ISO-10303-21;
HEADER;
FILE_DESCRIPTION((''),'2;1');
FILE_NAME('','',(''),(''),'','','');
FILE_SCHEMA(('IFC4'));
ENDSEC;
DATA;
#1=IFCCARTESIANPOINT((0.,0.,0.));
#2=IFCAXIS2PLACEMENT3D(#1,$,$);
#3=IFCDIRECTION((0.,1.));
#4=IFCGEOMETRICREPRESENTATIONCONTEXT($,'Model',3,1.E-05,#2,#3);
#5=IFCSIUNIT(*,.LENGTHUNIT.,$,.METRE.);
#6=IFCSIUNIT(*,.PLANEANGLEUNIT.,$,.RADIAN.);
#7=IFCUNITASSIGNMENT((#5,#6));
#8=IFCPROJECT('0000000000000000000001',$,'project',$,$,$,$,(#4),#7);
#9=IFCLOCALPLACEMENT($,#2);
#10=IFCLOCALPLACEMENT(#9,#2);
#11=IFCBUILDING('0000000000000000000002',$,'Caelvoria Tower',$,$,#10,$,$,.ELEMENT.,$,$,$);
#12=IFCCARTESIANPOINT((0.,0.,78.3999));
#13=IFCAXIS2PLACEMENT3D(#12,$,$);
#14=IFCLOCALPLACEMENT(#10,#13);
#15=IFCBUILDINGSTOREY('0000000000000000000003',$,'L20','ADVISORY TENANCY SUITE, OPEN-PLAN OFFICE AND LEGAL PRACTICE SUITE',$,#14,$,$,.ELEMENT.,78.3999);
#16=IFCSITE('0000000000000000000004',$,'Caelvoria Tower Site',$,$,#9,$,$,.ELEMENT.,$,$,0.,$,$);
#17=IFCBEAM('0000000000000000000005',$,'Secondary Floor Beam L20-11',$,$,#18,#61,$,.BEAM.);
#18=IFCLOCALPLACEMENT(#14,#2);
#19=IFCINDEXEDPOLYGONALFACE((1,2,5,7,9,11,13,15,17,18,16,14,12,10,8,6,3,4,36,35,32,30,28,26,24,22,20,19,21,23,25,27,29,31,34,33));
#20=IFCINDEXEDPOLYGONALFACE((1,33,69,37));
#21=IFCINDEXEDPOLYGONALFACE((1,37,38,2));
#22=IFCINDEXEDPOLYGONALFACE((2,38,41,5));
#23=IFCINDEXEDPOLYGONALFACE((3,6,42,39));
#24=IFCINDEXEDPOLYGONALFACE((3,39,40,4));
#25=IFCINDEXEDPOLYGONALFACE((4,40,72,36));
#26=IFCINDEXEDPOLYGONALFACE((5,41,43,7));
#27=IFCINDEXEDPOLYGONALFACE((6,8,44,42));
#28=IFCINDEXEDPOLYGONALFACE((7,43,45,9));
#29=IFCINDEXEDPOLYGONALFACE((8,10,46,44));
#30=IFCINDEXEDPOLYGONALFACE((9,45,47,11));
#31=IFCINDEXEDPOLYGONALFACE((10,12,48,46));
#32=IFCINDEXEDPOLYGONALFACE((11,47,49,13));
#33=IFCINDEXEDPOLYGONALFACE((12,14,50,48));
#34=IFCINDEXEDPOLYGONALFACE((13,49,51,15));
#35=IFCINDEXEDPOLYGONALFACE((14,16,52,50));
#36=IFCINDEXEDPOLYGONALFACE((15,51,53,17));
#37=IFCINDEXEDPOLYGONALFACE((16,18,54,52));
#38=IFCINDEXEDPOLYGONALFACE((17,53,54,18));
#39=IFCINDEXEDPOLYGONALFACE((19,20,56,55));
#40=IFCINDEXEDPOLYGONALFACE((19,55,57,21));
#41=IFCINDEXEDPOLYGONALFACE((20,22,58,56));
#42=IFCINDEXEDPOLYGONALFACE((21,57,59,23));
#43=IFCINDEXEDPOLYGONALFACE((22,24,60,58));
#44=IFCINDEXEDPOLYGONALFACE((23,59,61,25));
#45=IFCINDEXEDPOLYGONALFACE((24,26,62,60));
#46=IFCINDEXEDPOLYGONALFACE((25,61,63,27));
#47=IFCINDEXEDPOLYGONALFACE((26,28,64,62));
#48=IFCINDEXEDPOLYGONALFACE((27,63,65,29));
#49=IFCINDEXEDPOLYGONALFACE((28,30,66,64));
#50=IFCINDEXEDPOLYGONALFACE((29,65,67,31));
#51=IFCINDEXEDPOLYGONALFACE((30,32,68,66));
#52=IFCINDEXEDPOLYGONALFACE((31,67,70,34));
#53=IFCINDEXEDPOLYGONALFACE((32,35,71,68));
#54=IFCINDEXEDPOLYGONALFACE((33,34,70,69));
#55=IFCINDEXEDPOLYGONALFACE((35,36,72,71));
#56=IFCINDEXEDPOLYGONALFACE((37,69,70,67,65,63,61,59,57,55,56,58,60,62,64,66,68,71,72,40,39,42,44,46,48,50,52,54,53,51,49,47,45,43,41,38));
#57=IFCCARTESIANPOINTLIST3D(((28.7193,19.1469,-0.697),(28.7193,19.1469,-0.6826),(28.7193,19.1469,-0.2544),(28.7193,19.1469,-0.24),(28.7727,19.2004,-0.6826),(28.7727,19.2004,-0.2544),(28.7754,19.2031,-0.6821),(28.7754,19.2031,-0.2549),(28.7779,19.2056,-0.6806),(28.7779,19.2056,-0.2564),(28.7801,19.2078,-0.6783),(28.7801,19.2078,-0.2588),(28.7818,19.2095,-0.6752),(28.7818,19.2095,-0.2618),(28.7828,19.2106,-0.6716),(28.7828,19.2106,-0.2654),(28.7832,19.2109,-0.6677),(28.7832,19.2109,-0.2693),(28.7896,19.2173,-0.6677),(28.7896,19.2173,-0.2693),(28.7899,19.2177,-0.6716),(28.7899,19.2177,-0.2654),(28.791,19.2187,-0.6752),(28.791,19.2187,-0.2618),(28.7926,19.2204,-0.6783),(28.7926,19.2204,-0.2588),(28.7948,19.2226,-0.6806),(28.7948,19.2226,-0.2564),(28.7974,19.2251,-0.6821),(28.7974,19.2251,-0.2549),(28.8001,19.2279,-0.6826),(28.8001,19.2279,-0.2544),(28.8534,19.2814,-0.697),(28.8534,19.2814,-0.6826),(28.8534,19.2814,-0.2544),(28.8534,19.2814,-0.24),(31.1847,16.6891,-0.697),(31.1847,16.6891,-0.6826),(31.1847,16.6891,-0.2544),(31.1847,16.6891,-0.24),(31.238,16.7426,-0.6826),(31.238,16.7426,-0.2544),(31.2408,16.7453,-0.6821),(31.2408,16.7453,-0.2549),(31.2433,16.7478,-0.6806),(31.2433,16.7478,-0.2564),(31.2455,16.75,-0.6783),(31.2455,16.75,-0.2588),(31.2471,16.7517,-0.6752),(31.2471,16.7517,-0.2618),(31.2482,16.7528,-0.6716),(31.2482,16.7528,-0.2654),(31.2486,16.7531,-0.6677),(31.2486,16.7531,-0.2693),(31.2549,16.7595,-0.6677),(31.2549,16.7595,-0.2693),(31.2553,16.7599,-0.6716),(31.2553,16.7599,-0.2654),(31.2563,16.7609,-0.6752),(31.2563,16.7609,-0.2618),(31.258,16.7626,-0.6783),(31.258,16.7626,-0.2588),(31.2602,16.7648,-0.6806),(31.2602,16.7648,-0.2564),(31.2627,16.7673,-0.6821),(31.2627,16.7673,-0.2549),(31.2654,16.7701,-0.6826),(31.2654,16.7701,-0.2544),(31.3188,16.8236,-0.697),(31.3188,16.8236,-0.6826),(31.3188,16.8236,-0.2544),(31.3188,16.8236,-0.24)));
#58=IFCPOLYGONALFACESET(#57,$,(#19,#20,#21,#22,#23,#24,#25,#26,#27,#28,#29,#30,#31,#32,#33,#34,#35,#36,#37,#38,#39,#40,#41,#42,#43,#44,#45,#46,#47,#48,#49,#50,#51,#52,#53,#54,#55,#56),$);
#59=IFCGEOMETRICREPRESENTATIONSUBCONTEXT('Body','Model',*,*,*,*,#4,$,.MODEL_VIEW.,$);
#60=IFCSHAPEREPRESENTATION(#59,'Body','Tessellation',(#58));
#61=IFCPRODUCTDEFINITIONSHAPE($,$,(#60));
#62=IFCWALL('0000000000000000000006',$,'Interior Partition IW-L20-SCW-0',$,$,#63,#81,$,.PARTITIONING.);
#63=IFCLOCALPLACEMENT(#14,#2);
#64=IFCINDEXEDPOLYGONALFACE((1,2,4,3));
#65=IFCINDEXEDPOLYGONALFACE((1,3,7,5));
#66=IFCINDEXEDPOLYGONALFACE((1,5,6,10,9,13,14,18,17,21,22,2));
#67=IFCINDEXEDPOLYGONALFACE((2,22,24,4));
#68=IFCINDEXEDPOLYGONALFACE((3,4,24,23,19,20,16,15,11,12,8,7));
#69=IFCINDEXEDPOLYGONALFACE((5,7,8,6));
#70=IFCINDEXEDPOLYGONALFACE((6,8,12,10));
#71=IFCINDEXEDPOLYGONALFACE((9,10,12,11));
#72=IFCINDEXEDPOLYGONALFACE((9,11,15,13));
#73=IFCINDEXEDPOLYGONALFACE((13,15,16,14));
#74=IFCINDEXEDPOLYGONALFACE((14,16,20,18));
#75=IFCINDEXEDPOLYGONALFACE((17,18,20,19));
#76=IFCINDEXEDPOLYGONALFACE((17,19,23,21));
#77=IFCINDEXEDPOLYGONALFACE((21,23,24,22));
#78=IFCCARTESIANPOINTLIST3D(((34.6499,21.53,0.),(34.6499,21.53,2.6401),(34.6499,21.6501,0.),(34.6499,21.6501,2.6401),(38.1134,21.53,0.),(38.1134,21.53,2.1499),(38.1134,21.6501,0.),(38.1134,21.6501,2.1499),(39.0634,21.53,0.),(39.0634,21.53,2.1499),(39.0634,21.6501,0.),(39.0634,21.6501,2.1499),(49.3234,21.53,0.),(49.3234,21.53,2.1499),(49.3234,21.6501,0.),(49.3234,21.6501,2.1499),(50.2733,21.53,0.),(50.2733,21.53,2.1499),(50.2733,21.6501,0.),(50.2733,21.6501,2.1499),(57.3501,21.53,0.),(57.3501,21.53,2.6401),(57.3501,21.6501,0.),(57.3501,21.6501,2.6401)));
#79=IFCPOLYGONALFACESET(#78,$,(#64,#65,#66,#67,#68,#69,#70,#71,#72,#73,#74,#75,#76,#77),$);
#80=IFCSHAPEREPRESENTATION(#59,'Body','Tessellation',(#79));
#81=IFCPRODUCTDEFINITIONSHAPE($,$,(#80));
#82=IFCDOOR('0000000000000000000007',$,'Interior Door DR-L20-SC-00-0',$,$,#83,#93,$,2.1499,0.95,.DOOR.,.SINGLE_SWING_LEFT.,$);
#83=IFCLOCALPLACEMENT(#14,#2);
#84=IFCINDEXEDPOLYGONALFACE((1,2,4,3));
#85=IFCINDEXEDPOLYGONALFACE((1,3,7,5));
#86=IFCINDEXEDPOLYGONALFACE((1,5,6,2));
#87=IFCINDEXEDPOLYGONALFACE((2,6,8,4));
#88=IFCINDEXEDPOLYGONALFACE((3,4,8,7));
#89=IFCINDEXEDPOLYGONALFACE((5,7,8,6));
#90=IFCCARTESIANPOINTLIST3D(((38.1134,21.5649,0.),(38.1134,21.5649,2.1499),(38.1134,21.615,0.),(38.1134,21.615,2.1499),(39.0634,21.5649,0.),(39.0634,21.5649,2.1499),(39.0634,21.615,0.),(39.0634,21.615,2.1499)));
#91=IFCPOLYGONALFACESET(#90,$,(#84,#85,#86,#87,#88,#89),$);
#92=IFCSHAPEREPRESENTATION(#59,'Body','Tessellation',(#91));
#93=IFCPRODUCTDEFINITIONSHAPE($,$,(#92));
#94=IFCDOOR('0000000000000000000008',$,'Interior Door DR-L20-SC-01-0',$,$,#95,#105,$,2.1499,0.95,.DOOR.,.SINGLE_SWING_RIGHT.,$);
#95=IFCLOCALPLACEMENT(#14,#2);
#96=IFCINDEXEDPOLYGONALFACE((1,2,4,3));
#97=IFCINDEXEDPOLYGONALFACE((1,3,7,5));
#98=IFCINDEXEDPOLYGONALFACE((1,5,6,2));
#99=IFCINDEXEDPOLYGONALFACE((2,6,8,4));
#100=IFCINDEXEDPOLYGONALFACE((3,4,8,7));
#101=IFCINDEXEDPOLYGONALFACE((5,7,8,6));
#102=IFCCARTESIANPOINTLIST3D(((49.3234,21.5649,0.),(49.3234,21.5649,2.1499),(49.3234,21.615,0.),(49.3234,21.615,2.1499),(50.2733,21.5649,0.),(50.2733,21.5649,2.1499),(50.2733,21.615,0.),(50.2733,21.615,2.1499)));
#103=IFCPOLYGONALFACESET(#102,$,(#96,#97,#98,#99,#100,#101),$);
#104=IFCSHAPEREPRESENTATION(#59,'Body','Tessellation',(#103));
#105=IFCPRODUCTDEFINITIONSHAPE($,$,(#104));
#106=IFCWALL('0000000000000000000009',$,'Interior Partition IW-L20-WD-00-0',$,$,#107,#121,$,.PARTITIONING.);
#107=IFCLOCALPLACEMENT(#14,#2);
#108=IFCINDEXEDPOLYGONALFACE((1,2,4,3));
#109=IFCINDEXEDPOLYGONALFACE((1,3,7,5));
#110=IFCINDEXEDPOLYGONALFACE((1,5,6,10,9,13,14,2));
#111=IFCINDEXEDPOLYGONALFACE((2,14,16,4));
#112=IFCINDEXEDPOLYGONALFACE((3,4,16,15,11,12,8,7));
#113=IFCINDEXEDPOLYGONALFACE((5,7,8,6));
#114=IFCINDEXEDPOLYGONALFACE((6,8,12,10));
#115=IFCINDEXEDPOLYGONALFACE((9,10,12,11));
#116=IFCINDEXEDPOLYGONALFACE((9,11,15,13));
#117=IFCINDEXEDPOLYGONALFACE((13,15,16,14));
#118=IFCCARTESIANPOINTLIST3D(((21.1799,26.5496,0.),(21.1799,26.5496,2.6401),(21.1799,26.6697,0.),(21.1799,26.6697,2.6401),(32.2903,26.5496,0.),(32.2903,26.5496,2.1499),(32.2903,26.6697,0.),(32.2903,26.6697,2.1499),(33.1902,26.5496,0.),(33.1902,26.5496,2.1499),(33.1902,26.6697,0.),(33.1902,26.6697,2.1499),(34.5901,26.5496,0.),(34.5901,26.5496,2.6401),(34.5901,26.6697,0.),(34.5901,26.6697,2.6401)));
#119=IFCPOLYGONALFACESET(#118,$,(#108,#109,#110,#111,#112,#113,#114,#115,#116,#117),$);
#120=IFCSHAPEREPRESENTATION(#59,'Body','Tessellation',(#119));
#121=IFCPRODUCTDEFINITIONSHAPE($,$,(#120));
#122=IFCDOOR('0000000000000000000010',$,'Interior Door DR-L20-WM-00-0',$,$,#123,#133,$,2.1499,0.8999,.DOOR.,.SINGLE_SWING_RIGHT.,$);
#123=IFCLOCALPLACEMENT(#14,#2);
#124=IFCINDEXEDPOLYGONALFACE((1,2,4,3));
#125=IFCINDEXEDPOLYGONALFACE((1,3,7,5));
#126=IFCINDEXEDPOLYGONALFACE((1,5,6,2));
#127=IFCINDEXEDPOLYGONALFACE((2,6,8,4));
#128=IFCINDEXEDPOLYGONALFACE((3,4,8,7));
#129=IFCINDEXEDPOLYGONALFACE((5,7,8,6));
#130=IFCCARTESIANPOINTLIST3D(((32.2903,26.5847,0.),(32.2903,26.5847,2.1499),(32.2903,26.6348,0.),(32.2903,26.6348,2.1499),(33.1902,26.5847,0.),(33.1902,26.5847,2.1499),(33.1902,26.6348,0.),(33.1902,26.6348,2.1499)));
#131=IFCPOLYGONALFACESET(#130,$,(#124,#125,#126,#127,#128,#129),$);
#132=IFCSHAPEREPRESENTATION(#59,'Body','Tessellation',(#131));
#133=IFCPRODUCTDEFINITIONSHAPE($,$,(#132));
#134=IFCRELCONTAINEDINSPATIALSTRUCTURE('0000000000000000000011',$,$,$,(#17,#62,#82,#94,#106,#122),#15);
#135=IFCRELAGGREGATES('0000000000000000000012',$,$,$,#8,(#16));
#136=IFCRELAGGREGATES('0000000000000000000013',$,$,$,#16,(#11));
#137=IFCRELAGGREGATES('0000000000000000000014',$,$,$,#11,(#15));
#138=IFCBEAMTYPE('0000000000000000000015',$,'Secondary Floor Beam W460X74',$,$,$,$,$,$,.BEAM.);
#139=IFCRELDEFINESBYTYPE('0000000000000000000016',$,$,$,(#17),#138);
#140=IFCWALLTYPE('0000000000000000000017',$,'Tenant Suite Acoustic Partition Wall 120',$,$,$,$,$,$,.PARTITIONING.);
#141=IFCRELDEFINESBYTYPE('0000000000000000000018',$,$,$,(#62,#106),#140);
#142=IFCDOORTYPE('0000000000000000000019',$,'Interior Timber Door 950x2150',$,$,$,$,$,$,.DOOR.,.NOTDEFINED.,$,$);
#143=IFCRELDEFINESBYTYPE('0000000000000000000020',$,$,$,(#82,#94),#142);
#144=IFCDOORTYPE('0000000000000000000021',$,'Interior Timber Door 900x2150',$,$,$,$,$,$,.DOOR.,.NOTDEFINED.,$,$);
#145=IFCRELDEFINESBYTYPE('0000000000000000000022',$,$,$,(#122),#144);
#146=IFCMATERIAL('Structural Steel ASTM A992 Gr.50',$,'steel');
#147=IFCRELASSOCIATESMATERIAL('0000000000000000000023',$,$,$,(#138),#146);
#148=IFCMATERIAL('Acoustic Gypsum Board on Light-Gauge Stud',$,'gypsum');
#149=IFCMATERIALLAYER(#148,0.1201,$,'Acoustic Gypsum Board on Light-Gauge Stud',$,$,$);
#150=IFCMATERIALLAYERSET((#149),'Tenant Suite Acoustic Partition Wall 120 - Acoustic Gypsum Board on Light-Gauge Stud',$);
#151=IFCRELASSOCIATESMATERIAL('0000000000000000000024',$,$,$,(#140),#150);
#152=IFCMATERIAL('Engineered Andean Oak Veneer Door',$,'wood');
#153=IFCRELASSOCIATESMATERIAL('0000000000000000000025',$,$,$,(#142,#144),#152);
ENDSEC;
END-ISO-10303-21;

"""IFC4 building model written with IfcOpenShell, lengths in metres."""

from ifc_helpers import new_model, si_unit, direction, frame, frame_2d, origin, origin_2d, place, context, subcontext, project, spatial, rectangle, i_section, extrude, material, layer, layer_set, material_profile, profile_set, type_object, element, fill, save


model = new_model("IFC4")

# Units and contexts
model_context = context("Model", 3, precision=1e-05, world=origin(), true_north=direction((0.0, 1.0)))
body_context = subcontext(model_context, "Body", "Model", "MODEL_VIEW")
ifc_project = project(units=[si_unit("LENGTHUNIT", "METRE"), si_unit("PLANEANGLEUNIT", "RADIAN")], contexts=[model_context])

# Site, building, storey
site_placement = place(None, origin())
site = spatial("IfcSite", under=ifc_project, at=site_placement, Name="Caelvoria Tower Site", CompositionType="ELEMENT", RefElevation=0.0)
building_placement = place(site_placement, origin())
building = spatial("IfcBuilding", under=site, at=building_placement, Name="Caelvoria Tower", CompositionType="ELEMENT")
storey_placement = place(building_placement, frame((0.0, 0.0, 78.3999)))
storey = spatial("IfcBuildingStorey", under=building, at=storey_placement, Name="L20", Description="ADVISORY TENANCY SUITE, OPEN-PLAN OFFICE AND LEGAL PRACTICE SUITE", CompositionType="ELEMENT", Elevation=78.3999)

# Beam
ifc_material_1 = material(Name="Structural Steel ASTM A992 Gr.50", Category="steel")
ifc_material_profile = material_profile(ifc_material_1, i_section(OverallWidth=0.1899, OverallDepth=0.457, WebThickness=0.009, FlangeThickness=0.0144, FilletRadius=0.0149, at=origin_2d()), Name="Structural Steel ASTM A992 Gr.50")
ifc_profile_set = profile_set([ifc_material_profile], Name="W460X74 - Structural Steel ASTM A992 Gr.50")
beam_type = type_object("IfcBeamType", Name="Secondary Floor Beam W460X74", PredefinedType="BEAM", material=ifc_profile_set)
beam_placement = place(storey_placement, frame((28.7864, 19.2141, -0.4685), z_axis=(0.708193, -0.706019, 0.0), x_axis=(0.706019, 0.708193, 0.0)))
element("IfcBeam", 1, at=beam_placement, inside=storey, type_object=beam_type, Name="Secondary Floor Beam L20-11", PredefinedType="BEAM", context=body_context, shape_type="SweptSolid", body=[
    extrude(i_section(OverallWidth=0.1899, OverallDepth=0.457, WebThickness=0.009, FlangeThickness=0.0144, FilletRadius=0.0149, at=origin_2d()), origin(), (0.0, 0.0, 1.0), 3.4812),
])

# Wall, openings, doors
ifc_material_2 = material(Name="Acoustic Gypsum Board on Light-Gauge Stud", Category="gypsum")
ifc_layer_1 = layer(ifc_material_2, 0.1201, Name="Acoustic Gypsum Board on Light-Gauge Stud")
ifc_layer_set_1 = layer_set([ifc_layer_1], Name="Tenant Suite Acoustic Partition Wall 120 - Acoustic Gypsum Board on Light-Gauge Stud")
wall_type_1 = type_object("IfcWallType", Name="Tenant Suite Acoustic Partition Wall 120", PredefinedType="PARTITIONING", material=ifc_layer_set_1)
wall_1_placement = place(storey_placement, frame((34.6499, 21.5901, 0.0), z_axis=(0.0, 0.0, 1.0), x_axis=(1.0, 0.0, 0.0)))
wall_1 = element("IfcWall", 2, at=wall_1_placement, inside=storey, type_object=wall_type_1, Name="Interior Partition IW-L20-SCW-0", PredefinedType="PARTITIONING", context=body_context, shape_type="SweptSolid", body=[
    extrude(rectangle(XDim=22.7002, YDim=0.1201, at=frame_2d((11.3501, 0.0))), origin(), (0.0, 0.0, 1.0), 2.6401),
])
opening_1_placement = place(wall_1_placement, frame((3.4634, 0.0, 0.0)))
opening_1 = element("IfcOpeningElement", 3, at=opening_1_placement, cuts=wall_1, PredefinedType="OPENING", context=body_context, shape_type="SweptSolid", body=[
    extrude(rectangle(XDim=0.95, YDim=2.1499, at=frame_2d((0.4751, 1.075))), frame((0.0, 0.0701, 0.0), z_axis=(0.0, -1.0, 0.0), x_axis=(1.0, 0.0, 0.0)), (0.0, 0.0, 1.0), 0.1401),
])
opening_2_placement = place(wall_1_placement, frame((14.6733, 0.0, 0.0)))
opening_2 = element("IfcOpeningElement", 4, at=opening_2_placement, cuts=wall_1, PredefinedType="OPENING", context=body_context, shape_type="SweptSolid", body=[
    extrude(rectangle(XDim=0.95, YDim=2.1499, at=frame_2d((0.4751, 1.075))), frame((0.0, 0.0701, 0.0), z_axis=(0.0, -1.0, 0.0), x_axis=(1.0, 0.0, 0.0)), (0.0, 0.0, 1.0), 0.1401),
])
ifc_material_3 = material(Name="Engineered Andean Oak Veneer Door", Category="wood")
door_type_1 = type_object("IfcDoorType", Name="Interior Timber Door 950x2150", OperationType="NOTDEFINED", PredefinedType="DOOR", material=ifc_material_3)
door_1_placement = place(opening_1_placement, origin())
door_1 = element("IfcDoor", 5, at=door_1_placement, inside=storey, type_object=door_type_1, Name="Interior Door DR-L20-SC-00-0", OperationType="SINGLE_SWING_LEFT", OverallHeight=2.1499, OverallWidth=0.95, PredefinedType="DOOR", context=body_context, shape_type="SweptSolid", body=[
    extrude(rectangle(XDim=0.95, YDim=2.1499, at=frame_2d((0.4751, 1.075))), frame((0.0, 0.0249, 0.0), z_axis=(0.0, -1.0, 0.0), x_axis=(1.0, 0.0, 0.0)), (0.0, 0.0, 1.0), 0.05),
])
fill(opening_1, door_1)
door_2_placement = place(opening_2_placement, origin())
door_2 = element("IfcDoor", 6, at=door_2_placement, inside=storey, type_object=door_type_1, Name="Interior Door DR-L20-SC-01-0", OperationType="SINGLE_SWING_RIGHT", OverallHeight=2.1499, OverallWidth=0.95, PredefinedType="DOOR", context=body_context, shape_type="SweptSolid", body=[
    extrude(rectangle(XDim=0.95, YDim=2.1499, at=frame_2d((0.4751, 1.075))), frame((0.0, 0.0249, 0.0), z_axis=(0.0, -1.0, 0.0), x_axis=(1.0, 0.0, 0.0)), (0.0, 0.0, 1.0), 0.05),
])
fill(opening_2, door_2)

# Wall, opening, door
wall_2_placement = place(storey_placement, frame((34.5901, 26.6096, 0.0), z_axis=(0.0, 0.0, 1.0), x_axis=(-1.0, 0.0, 0.0)))
wall_2 = element("IfcWall", 7, at=wall_2_placement, inside=storey, type_object=wall_type_1, Name="Interior Partition IW-L20-WD-00-0", PredefinedType="PARTITIONING", context=body_context, shape_type="SweptSolid", body=[
    extrude(rectangle(XDim=13.4102, YDim=0.1201, at=frame_2d((6.7051, 0.0))), origin(), (0.0, 0.0, 1.0), 2.6401),
])
opening_3_placement = place(wall_2_placement, frame((1.3999, 0.0, 0.0)))
opening_3 = element("IfcOpeningElement", 8, at=opening_3_placement, cuts=wall_2, PredefinedType="OPENING", context=body_context, shape_type="SweptSolid", body=[
    extrude(rectangle(XDim=0.8999, YDim=2.1499, at=frame_2d((0.45, 1.075))), frame((0.0, 0.0701, 0.0), z_axis=(0.0, -1.0, 0.0), x_axis=(1.0, 0.0, 0.0)), (0.0, 0.0, 1.0), 0.1401),
])
door_type_2 = type_object("IfcDoorType", Name="Interior Timber Door 900x2150", OperationType="NOTDEFINED", PredefinedType="DOOR", material=ifc_material_3)
door_3_placement = place(opening_3_placement, origin())
door_3 = element("IfcDoor", 9, at=door_3_placement, inside=storey, type_object=door_type_2, Name="Interior Door DR-L20-WM-00-0", OperationType="SINGLE_SWING_RIGHT", OverallHeight=2.1499, OverallWidth=0.8999, PredefinedType="DOOR", context=body_context, shape_type="SweptSolid", body=[
    extrude(rectangle(XDim=0.8999, YDim=2.1499, at=frame_2d((0.45, 1.075))), frame((0.0, 0.0249, 0.0), z_axis=(0.0, -1.0, 0.0), x_axis=(1.0, 0.0, 0.0)), (0.0, 0.0, 1.0), 0.05),
])
fill(opening_3, door_3)

save(model, "model.ifc")
